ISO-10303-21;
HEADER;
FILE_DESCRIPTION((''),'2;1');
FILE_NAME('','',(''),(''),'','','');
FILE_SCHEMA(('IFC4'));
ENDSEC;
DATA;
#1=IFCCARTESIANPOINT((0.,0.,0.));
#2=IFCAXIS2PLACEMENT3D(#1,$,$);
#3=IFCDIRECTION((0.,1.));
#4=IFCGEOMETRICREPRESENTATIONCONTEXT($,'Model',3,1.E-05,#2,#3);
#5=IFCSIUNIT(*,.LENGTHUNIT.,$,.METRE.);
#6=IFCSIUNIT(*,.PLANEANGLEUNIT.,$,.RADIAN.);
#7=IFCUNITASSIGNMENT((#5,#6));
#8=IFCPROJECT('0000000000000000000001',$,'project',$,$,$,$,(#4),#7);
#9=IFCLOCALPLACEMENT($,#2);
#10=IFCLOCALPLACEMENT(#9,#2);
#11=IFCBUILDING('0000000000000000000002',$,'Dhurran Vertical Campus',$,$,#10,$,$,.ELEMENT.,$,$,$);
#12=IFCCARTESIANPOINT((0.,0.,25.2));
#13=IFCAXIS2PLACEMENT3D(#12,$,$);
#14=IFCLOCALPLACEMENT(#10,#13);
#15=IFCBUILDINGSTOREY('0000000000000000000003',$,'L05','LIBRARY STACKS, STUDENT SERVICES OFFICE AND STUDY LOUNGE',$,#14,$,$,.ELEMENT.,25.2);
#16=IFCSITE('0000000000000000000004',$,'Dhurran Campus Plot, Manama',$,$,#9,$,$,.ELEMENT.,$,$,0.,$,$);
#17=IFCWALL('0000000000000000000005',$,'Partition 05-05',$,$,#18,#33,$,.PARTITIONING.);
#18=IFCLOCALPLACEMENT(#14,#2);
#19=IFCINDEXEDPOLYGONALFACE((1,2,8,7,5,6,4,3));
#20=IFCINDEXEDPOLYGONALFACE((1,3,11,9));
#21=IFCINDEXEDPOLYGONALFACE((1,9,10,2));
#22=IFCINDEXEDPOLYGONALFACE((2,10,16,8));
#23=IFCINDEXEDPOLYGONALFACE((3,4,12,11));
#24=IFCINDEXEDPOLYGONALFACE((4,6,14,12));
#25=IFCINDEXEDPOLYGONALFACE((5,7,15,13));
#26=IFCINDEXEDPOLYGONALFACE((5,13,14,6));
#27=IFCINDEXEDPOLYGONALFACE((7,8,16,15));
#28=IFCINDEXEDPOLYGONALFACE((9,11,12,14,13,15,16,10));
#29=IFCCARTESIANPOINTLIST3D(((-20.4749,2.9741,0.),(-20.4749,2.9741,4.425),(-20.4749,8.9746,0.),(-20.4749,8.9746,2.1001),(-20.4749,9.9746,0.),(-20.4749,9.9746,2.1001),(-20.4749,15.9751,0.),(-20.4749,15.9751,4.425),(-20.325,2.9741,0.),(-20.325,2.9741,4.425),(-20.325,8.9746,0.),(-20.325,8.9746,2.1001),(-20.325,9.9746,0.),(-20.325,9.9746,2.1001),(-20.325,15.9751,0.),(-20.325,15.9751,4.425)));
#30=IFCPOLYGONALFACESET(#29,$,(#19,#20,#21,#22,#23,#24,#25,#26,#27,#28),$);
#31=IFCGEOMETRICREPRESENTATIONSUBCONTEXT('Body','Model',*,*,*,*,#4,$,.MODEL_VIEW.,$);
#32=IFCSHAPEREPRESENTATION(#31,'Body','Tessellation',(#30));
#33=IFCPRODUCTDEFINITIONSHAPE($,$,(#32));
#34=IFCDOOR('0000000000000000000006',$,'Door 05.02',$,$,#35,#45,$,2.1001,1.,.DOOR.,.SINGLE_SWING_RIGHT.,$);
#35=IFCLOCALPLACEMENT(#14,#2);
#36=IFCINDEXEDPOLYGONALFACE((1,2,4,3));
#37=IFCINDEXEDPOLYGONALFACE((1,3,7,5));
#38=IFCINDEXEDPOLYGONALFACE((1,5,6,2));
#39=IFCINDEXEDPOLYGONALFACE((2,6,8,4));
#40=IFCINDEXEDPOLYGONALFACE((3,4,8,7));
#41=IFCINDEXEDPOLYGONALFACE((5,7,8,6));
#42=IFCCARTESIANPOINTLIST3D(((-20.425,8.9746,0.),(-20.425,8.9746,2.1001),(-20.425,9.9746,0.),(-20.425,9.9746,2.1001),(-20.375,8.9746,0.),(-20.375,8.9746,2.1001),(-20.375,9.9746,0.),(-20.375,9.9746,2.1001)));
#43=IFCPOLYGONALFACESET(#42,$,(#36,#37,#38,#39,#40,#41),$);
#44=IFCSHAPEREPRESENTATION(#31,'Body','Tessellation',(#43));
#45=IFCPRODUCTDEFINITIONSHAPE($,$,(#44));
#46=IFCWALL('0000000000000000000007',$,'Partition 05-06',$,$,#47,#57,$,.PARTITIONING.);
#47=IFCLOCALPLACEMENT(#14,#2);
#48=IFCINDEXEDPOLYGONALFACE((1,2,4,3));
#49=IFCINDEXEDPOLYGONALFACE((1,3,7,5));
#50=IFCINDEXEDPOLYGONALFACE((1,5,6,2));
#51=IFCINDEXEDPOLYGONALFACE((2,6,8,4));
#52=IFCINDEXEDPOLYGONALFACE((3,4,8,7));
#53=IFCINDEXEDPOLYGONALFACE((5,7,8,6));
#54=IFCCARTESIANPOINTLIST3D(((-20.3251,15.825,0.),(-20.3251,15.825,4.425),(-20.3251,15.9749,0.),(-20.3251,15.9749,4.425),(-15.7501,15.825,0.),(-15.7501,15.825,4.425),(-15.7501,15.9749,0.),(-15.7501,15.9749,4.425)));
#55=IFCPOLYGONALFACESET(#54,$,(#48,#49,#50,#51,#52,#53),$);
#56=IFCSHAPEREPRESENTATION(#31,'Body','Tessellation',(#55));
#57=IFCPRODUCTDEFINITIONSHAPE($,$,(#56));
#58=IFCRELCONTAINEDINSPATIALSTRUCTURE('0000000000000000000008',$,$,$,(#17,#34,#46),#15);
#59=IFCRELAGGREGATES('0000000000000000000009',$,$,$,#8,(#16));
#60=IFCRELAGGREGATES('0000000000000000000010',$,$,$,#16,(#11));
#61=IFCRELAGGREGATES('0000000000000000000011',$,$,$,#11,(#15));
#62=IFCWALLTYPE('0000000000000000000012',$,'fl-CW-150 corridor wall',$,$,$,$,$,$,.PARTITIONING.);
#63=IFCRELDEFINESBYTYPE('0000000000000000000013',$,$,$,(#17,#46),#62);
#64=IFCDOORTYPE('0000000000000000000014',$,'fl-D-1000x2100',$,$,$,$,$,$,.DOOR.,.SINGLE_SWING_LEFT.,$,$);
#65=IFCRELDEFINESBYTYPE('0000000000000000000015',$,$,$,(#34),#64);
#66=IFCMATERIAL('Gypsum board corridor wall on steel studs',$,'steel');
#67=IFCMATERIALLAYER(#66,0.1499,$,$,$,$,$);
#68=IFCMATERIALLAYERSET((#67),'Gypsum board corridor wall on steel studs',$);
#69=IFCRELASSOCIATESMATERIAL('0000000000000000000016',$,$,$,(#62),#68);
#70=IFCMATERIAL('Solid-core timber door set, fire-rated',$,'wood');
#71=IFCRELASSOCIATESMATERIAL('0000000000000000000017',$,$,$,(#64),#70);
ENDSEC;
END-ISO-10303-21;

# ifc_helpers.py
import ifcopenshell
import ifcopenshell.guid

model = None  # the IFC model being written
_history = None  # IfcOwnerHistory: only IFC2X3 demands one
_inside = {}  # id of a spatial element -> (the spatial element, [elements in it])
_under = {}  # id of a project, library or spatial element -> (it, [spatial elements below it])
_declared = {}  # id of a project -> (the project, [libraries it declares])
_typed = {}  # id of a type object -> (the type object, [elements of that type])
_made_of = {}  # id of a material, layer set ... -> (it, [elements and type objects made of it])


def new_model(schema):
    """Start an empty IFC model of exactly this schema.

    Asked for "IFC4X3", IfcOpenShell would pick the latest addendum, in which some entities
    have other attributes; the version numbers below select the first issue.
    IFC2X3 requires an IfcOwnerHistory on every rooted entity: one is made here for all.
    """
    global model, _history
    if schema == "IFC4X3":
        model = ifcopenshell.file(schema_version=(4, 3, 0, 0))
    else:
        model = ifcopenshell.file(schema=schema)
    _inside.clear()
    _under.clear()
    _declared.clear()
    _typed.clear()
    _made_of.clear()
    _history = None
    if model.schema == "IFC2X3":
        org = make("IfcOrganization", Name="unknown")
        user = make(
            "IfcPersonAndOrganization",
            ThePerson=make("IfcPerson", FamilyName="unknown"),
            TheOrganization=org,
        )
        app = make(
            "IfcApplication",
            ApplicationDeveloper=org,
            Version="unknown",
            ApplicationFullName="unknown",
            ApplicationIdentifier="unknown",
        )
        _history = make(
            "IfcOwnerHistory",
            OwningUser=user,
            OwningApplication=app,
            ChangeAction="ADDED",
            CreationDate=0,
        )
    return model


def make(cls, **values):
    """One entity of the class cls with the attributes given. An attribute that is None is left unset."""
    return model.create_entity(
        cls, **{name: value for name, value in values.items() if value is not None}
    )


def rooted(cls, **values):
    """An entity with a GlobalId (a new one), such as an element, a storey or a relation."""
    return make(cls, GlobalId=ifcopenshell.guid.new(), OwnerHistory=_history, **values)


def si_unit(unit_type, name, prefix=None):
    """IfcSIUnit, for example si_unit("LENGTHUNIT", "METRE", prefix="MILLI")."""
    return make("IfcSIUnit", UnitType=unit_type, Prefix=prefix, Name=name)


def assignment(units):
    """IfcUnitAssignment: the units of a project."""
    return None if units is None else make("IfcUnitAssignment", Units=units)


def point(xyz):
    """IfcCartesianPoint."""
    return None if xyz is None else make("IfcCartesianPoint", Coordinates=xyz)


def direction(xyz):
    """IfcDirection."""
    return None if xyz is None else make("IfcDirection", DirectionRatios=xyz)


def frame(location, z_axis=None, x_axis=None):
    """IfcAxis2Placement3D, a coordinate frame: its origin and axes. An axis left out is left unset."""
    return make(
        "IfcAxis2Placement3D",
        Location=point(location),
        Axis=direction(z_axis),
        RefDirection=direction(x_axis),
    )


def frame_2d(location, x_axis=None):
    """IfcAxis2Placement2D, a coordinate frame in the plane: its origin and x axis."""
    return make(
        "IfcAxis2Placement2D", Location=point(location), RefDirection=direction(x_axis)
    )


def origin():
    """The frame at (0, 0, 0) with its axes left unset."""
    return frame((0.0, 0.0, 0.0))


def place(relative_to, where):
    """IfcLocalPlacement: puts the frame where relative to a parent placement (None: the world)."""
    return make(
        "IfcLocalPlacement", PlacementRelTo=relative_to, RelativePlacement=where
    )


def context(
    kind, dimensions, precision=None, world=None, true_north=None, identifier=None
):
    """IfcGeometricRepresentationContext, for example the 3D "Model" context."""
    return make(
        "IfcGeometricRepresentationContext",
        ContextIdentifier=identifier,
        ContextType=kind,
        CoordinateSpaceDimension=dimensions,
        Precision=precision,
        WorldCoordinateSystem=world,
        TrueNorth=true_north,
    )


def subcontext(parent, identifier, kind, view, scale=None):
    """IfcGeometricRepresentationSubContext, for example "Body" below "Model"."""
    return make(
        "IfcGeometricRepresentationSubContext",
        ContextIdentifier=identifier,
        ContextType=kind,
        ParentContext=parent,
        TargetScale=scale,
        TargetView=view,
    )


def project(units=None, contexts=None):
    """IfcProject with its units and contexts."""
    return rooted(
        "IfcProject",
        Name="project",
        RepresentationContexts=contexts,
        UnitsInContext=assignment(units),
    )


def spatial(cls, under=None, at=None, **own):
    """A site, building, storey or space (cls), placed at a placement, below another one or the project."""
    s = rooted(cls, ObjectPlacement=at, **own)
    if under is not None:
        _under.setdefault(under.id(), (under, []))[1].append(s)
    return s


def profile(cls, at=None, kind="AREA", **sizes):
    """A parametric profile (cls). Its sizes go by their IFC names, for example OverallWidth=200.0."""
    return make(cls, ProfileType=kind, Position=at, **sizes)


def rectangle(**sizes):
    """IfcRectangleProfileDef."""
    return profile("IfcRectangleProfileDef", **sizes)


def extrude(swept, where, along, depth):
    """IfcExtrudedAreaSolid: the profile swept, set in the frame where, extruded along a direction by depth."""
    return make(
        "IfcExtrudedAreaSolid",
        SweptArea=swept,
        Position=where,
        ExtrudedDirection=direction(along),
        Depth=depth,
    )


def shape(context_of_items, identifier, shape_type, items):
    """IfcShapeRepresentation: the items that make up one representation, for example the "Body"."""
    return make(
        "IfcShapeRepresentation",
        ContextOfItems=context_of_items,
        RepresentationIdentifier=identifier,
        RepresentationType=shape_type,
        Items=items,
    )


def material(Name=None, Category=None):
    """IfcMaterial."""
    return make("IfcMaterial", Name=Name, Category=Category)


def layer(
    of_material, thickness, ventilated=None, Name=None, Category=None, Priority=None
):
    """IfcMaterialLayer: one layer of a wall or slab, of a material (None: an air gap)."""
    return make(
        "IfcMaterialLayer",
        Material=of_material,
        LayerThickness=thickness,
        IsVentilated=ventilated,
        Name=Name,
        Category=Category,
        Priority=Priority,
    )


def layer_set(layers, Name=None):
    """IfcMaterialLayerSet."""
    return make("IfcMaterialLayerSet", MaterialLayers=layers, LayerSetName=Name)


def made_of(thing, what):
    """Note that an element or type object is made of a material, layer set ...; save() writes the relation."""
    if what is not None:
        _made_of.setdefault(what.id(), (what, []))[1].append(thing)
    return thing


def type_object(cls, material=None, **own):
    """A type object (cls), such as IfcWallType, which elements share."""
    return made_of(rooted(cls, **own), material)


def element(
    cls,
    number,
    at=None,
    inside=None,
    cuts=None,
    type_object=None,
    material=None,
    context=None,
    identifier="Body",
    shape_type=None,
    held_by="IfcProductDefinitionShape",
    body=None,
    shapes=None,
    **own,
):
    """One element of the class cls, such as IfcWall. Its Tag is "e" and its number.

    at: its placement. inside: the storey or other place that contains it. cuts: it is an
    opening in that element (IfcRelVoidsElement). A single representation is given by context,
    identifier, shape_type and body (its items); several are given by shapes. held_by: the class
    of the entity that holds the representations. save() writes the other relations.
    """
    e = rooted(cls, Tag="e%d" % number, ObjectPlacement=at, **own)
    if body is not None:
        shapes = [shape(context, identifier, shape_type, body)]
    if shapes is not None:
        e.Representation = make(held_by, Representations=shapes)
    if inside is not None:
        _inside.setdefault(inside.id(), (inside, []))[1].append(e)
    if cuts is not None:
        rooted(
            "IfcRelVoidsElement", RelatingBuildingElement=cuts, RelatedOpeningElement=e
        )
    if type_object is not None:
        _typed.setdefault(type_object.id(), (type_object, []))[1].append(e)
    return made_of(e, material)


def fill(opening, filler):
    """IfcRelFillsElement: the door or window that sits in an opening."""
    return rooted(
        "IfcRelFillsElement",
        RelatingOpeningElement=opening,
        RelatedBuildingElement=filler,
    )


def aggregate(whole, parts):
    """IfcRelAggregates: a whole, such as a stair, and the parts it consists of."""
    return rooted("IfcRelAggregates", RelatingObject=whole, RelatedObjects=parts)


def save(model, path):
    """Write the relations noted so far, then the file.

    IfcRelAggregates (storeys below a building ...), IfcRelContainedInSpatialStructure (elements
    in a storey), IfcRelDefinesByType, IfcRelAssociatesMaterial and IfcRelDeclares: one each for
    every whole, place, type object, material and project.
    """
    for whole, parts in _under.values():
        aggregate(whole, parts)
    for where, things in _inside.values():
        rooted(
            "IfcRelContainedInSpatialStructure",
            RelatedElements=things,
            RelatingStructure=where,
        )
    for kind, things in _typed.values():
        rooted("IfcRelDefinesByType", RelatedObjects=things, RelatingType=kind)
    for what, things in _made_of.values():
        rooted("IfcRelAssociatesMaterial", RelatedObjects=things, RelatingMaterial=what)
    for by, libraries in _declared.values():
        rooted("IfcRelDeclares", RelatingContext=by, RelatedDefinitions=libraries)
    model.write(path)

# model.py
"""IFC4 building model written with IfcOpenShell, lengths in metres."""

from ifc_helpers import new_model, si_unit, direction, frame, frame_2d, origin, place, context, subcontext, project, spatial, rectangle, extrude, material, layer, layer_set, type_object, element, fill, save


model = new_model("IFC4")

# Units and contexts
model_context = context("Model", 3, precision=1e-05, world=origin(), true_north=direction((0.0, 1.0)))
body_context = subcontext(model_context, "Body", "Model", "MODEL_VIEW")
ifc_project = project(units=[si_unit("LENGTHUNIT", "METRE"), si_unit("PLANEANGLEUNIT", "RADIAN")], contexts=[model_context])

# Site, building, storey
site_placement = place(None, origin())
site = spatial("IfcSite", under=ifc_project, at=site_placement, Name="Dhurran Campus Plot, Manama", CompositionType="ELEMENT", RefElevation=0.0)
building_placement = place(site_placement, origin())
building = spatial("IfcBuilding", under=site, at=building_placement, Name="Dhurran Vertical Campus", CompositionType="ELEMENT")
storey_placement = place(building_placement, frame((0.0, 0.0, 25.2)))
storey = spatial("IfcBuildingStorey", under=building, at=storey_placement, Name="L05", Description="LIBRARY STACKS, STUDENT SERVICES OFFICE AND STUDY LOUNGE", CompositionType="ELEMENT", Elevation=25.2)

# Wall, opening, door
ifc_material_1 = material(Name="Gypsum board corridor wall on steel studs", Category="steel")
ifc_layer_1 = layer(ifc_material_1, 0.1499)
ifc_layer_set_1 = layer_set([ifc_layer_1], Name="Gypsum board corridor wall on steel studs")
wall_type_1 = type_object("IfcWallType", Name="fl-CW-150 corridor wall", PredefinedType="PARTITIONING", material=ifc_layer_set_1)
wall_1_placement = place(storey_placement, frame((-20.3999, 15.9751, 0.0), z_axis=(0.0, 0.0, 1.0), x_axis=(0.0, -1.0, 0.0)))
wall_1 = element("IfcWall", 1, at=wall_1_placement, inside=storey, type_object=wall_type_1, Name="Partition 05-05", PredefinedType="PARTITIONING", context=body_context, shape_type="SweptSolid", body=[
    extrude(rectangle(XDim=13.001, YDim=0.1499, at=frame_2d((6.5005, 0.0))), origin(), (0.0, 0.0, 1.0), 4.425),
])
opening_1_placement = place(wall_1_placement, frame((6.0005, 0.0, 0.0)))
opening_1 = element("IfcOpeningElement", 2, at=opening_1_placement, cuts=wall_1, PredefinedType="OPENING", context=body_context, shape_type="SweptSolid", body=[
    extrude(rectangle(XDim=1.0, YDim=2.1001, at=frame_2d((0.5, 1.05))), frame((0.0, 0.085, 0.0), z_axis=(0.0, -1.0, 0.0), x_axis=(1.0, 0.0, 0.0)), (0.0, 0.0, 1.0), 0.1699),
])
ifc_material_2 = material(Name="Solid-core timber door set, fire-rated", Category="wood")
door_type_1 = type_object("IfcDoorType", Name="fl-D-1000x2100", OperationType="SINGLE_SWING_LEFT", PredefinedType="DOOR", material=ifc_material_2)
door_1_placement = place(opening_1_placement, origin())
door_1 = element("IfcDoor", 3, at=door_1_placement, inside=storey, type_object=door_type_1, Name="Door 05.02", OperationType="SINGLE_SWING_RIGHT", OverallHeight=2.1001, OverallWidth=1.0, PredefinedType="DOOR", context=body_context, shape_type="SweptSolid", body=[
    extrude(rectangle(XDim=1.0, YDim=2.1001, at=frame_2d((0.5, 1.05))), frame((0.0, 0.0249, 0.0), z_axis=(0.0, -1.0, 0.0), x_axis=(1.0, 0.0, 0.0)), (0.0, 0.0, 1.0), 0.05),
])
fill(opening_1, door_1)

# Wall
wall_2_placement = place(storey_placement, frame((-15.75, 15.8999, 0.0), z_axis=(0.0, 0.0, 1.0), x_axis=(-1.0, 0.0, 0.0)))
element("IfcWall", 4, at=wall_2_placement, inside=storey, type_object=wall_type_1, Name="Partition 05-06", PredefinedType="PARTITIONING", context=body_context, shape_type="SweptSolid", body=[
    extrude(rectangle(XDim=4.575, YDim=0.1499, at=frame_2d((2.2876, 0.0))), origin(), (0.0, 0.0, 1.0), 4.425),
])

save(model, "model.ifc")
